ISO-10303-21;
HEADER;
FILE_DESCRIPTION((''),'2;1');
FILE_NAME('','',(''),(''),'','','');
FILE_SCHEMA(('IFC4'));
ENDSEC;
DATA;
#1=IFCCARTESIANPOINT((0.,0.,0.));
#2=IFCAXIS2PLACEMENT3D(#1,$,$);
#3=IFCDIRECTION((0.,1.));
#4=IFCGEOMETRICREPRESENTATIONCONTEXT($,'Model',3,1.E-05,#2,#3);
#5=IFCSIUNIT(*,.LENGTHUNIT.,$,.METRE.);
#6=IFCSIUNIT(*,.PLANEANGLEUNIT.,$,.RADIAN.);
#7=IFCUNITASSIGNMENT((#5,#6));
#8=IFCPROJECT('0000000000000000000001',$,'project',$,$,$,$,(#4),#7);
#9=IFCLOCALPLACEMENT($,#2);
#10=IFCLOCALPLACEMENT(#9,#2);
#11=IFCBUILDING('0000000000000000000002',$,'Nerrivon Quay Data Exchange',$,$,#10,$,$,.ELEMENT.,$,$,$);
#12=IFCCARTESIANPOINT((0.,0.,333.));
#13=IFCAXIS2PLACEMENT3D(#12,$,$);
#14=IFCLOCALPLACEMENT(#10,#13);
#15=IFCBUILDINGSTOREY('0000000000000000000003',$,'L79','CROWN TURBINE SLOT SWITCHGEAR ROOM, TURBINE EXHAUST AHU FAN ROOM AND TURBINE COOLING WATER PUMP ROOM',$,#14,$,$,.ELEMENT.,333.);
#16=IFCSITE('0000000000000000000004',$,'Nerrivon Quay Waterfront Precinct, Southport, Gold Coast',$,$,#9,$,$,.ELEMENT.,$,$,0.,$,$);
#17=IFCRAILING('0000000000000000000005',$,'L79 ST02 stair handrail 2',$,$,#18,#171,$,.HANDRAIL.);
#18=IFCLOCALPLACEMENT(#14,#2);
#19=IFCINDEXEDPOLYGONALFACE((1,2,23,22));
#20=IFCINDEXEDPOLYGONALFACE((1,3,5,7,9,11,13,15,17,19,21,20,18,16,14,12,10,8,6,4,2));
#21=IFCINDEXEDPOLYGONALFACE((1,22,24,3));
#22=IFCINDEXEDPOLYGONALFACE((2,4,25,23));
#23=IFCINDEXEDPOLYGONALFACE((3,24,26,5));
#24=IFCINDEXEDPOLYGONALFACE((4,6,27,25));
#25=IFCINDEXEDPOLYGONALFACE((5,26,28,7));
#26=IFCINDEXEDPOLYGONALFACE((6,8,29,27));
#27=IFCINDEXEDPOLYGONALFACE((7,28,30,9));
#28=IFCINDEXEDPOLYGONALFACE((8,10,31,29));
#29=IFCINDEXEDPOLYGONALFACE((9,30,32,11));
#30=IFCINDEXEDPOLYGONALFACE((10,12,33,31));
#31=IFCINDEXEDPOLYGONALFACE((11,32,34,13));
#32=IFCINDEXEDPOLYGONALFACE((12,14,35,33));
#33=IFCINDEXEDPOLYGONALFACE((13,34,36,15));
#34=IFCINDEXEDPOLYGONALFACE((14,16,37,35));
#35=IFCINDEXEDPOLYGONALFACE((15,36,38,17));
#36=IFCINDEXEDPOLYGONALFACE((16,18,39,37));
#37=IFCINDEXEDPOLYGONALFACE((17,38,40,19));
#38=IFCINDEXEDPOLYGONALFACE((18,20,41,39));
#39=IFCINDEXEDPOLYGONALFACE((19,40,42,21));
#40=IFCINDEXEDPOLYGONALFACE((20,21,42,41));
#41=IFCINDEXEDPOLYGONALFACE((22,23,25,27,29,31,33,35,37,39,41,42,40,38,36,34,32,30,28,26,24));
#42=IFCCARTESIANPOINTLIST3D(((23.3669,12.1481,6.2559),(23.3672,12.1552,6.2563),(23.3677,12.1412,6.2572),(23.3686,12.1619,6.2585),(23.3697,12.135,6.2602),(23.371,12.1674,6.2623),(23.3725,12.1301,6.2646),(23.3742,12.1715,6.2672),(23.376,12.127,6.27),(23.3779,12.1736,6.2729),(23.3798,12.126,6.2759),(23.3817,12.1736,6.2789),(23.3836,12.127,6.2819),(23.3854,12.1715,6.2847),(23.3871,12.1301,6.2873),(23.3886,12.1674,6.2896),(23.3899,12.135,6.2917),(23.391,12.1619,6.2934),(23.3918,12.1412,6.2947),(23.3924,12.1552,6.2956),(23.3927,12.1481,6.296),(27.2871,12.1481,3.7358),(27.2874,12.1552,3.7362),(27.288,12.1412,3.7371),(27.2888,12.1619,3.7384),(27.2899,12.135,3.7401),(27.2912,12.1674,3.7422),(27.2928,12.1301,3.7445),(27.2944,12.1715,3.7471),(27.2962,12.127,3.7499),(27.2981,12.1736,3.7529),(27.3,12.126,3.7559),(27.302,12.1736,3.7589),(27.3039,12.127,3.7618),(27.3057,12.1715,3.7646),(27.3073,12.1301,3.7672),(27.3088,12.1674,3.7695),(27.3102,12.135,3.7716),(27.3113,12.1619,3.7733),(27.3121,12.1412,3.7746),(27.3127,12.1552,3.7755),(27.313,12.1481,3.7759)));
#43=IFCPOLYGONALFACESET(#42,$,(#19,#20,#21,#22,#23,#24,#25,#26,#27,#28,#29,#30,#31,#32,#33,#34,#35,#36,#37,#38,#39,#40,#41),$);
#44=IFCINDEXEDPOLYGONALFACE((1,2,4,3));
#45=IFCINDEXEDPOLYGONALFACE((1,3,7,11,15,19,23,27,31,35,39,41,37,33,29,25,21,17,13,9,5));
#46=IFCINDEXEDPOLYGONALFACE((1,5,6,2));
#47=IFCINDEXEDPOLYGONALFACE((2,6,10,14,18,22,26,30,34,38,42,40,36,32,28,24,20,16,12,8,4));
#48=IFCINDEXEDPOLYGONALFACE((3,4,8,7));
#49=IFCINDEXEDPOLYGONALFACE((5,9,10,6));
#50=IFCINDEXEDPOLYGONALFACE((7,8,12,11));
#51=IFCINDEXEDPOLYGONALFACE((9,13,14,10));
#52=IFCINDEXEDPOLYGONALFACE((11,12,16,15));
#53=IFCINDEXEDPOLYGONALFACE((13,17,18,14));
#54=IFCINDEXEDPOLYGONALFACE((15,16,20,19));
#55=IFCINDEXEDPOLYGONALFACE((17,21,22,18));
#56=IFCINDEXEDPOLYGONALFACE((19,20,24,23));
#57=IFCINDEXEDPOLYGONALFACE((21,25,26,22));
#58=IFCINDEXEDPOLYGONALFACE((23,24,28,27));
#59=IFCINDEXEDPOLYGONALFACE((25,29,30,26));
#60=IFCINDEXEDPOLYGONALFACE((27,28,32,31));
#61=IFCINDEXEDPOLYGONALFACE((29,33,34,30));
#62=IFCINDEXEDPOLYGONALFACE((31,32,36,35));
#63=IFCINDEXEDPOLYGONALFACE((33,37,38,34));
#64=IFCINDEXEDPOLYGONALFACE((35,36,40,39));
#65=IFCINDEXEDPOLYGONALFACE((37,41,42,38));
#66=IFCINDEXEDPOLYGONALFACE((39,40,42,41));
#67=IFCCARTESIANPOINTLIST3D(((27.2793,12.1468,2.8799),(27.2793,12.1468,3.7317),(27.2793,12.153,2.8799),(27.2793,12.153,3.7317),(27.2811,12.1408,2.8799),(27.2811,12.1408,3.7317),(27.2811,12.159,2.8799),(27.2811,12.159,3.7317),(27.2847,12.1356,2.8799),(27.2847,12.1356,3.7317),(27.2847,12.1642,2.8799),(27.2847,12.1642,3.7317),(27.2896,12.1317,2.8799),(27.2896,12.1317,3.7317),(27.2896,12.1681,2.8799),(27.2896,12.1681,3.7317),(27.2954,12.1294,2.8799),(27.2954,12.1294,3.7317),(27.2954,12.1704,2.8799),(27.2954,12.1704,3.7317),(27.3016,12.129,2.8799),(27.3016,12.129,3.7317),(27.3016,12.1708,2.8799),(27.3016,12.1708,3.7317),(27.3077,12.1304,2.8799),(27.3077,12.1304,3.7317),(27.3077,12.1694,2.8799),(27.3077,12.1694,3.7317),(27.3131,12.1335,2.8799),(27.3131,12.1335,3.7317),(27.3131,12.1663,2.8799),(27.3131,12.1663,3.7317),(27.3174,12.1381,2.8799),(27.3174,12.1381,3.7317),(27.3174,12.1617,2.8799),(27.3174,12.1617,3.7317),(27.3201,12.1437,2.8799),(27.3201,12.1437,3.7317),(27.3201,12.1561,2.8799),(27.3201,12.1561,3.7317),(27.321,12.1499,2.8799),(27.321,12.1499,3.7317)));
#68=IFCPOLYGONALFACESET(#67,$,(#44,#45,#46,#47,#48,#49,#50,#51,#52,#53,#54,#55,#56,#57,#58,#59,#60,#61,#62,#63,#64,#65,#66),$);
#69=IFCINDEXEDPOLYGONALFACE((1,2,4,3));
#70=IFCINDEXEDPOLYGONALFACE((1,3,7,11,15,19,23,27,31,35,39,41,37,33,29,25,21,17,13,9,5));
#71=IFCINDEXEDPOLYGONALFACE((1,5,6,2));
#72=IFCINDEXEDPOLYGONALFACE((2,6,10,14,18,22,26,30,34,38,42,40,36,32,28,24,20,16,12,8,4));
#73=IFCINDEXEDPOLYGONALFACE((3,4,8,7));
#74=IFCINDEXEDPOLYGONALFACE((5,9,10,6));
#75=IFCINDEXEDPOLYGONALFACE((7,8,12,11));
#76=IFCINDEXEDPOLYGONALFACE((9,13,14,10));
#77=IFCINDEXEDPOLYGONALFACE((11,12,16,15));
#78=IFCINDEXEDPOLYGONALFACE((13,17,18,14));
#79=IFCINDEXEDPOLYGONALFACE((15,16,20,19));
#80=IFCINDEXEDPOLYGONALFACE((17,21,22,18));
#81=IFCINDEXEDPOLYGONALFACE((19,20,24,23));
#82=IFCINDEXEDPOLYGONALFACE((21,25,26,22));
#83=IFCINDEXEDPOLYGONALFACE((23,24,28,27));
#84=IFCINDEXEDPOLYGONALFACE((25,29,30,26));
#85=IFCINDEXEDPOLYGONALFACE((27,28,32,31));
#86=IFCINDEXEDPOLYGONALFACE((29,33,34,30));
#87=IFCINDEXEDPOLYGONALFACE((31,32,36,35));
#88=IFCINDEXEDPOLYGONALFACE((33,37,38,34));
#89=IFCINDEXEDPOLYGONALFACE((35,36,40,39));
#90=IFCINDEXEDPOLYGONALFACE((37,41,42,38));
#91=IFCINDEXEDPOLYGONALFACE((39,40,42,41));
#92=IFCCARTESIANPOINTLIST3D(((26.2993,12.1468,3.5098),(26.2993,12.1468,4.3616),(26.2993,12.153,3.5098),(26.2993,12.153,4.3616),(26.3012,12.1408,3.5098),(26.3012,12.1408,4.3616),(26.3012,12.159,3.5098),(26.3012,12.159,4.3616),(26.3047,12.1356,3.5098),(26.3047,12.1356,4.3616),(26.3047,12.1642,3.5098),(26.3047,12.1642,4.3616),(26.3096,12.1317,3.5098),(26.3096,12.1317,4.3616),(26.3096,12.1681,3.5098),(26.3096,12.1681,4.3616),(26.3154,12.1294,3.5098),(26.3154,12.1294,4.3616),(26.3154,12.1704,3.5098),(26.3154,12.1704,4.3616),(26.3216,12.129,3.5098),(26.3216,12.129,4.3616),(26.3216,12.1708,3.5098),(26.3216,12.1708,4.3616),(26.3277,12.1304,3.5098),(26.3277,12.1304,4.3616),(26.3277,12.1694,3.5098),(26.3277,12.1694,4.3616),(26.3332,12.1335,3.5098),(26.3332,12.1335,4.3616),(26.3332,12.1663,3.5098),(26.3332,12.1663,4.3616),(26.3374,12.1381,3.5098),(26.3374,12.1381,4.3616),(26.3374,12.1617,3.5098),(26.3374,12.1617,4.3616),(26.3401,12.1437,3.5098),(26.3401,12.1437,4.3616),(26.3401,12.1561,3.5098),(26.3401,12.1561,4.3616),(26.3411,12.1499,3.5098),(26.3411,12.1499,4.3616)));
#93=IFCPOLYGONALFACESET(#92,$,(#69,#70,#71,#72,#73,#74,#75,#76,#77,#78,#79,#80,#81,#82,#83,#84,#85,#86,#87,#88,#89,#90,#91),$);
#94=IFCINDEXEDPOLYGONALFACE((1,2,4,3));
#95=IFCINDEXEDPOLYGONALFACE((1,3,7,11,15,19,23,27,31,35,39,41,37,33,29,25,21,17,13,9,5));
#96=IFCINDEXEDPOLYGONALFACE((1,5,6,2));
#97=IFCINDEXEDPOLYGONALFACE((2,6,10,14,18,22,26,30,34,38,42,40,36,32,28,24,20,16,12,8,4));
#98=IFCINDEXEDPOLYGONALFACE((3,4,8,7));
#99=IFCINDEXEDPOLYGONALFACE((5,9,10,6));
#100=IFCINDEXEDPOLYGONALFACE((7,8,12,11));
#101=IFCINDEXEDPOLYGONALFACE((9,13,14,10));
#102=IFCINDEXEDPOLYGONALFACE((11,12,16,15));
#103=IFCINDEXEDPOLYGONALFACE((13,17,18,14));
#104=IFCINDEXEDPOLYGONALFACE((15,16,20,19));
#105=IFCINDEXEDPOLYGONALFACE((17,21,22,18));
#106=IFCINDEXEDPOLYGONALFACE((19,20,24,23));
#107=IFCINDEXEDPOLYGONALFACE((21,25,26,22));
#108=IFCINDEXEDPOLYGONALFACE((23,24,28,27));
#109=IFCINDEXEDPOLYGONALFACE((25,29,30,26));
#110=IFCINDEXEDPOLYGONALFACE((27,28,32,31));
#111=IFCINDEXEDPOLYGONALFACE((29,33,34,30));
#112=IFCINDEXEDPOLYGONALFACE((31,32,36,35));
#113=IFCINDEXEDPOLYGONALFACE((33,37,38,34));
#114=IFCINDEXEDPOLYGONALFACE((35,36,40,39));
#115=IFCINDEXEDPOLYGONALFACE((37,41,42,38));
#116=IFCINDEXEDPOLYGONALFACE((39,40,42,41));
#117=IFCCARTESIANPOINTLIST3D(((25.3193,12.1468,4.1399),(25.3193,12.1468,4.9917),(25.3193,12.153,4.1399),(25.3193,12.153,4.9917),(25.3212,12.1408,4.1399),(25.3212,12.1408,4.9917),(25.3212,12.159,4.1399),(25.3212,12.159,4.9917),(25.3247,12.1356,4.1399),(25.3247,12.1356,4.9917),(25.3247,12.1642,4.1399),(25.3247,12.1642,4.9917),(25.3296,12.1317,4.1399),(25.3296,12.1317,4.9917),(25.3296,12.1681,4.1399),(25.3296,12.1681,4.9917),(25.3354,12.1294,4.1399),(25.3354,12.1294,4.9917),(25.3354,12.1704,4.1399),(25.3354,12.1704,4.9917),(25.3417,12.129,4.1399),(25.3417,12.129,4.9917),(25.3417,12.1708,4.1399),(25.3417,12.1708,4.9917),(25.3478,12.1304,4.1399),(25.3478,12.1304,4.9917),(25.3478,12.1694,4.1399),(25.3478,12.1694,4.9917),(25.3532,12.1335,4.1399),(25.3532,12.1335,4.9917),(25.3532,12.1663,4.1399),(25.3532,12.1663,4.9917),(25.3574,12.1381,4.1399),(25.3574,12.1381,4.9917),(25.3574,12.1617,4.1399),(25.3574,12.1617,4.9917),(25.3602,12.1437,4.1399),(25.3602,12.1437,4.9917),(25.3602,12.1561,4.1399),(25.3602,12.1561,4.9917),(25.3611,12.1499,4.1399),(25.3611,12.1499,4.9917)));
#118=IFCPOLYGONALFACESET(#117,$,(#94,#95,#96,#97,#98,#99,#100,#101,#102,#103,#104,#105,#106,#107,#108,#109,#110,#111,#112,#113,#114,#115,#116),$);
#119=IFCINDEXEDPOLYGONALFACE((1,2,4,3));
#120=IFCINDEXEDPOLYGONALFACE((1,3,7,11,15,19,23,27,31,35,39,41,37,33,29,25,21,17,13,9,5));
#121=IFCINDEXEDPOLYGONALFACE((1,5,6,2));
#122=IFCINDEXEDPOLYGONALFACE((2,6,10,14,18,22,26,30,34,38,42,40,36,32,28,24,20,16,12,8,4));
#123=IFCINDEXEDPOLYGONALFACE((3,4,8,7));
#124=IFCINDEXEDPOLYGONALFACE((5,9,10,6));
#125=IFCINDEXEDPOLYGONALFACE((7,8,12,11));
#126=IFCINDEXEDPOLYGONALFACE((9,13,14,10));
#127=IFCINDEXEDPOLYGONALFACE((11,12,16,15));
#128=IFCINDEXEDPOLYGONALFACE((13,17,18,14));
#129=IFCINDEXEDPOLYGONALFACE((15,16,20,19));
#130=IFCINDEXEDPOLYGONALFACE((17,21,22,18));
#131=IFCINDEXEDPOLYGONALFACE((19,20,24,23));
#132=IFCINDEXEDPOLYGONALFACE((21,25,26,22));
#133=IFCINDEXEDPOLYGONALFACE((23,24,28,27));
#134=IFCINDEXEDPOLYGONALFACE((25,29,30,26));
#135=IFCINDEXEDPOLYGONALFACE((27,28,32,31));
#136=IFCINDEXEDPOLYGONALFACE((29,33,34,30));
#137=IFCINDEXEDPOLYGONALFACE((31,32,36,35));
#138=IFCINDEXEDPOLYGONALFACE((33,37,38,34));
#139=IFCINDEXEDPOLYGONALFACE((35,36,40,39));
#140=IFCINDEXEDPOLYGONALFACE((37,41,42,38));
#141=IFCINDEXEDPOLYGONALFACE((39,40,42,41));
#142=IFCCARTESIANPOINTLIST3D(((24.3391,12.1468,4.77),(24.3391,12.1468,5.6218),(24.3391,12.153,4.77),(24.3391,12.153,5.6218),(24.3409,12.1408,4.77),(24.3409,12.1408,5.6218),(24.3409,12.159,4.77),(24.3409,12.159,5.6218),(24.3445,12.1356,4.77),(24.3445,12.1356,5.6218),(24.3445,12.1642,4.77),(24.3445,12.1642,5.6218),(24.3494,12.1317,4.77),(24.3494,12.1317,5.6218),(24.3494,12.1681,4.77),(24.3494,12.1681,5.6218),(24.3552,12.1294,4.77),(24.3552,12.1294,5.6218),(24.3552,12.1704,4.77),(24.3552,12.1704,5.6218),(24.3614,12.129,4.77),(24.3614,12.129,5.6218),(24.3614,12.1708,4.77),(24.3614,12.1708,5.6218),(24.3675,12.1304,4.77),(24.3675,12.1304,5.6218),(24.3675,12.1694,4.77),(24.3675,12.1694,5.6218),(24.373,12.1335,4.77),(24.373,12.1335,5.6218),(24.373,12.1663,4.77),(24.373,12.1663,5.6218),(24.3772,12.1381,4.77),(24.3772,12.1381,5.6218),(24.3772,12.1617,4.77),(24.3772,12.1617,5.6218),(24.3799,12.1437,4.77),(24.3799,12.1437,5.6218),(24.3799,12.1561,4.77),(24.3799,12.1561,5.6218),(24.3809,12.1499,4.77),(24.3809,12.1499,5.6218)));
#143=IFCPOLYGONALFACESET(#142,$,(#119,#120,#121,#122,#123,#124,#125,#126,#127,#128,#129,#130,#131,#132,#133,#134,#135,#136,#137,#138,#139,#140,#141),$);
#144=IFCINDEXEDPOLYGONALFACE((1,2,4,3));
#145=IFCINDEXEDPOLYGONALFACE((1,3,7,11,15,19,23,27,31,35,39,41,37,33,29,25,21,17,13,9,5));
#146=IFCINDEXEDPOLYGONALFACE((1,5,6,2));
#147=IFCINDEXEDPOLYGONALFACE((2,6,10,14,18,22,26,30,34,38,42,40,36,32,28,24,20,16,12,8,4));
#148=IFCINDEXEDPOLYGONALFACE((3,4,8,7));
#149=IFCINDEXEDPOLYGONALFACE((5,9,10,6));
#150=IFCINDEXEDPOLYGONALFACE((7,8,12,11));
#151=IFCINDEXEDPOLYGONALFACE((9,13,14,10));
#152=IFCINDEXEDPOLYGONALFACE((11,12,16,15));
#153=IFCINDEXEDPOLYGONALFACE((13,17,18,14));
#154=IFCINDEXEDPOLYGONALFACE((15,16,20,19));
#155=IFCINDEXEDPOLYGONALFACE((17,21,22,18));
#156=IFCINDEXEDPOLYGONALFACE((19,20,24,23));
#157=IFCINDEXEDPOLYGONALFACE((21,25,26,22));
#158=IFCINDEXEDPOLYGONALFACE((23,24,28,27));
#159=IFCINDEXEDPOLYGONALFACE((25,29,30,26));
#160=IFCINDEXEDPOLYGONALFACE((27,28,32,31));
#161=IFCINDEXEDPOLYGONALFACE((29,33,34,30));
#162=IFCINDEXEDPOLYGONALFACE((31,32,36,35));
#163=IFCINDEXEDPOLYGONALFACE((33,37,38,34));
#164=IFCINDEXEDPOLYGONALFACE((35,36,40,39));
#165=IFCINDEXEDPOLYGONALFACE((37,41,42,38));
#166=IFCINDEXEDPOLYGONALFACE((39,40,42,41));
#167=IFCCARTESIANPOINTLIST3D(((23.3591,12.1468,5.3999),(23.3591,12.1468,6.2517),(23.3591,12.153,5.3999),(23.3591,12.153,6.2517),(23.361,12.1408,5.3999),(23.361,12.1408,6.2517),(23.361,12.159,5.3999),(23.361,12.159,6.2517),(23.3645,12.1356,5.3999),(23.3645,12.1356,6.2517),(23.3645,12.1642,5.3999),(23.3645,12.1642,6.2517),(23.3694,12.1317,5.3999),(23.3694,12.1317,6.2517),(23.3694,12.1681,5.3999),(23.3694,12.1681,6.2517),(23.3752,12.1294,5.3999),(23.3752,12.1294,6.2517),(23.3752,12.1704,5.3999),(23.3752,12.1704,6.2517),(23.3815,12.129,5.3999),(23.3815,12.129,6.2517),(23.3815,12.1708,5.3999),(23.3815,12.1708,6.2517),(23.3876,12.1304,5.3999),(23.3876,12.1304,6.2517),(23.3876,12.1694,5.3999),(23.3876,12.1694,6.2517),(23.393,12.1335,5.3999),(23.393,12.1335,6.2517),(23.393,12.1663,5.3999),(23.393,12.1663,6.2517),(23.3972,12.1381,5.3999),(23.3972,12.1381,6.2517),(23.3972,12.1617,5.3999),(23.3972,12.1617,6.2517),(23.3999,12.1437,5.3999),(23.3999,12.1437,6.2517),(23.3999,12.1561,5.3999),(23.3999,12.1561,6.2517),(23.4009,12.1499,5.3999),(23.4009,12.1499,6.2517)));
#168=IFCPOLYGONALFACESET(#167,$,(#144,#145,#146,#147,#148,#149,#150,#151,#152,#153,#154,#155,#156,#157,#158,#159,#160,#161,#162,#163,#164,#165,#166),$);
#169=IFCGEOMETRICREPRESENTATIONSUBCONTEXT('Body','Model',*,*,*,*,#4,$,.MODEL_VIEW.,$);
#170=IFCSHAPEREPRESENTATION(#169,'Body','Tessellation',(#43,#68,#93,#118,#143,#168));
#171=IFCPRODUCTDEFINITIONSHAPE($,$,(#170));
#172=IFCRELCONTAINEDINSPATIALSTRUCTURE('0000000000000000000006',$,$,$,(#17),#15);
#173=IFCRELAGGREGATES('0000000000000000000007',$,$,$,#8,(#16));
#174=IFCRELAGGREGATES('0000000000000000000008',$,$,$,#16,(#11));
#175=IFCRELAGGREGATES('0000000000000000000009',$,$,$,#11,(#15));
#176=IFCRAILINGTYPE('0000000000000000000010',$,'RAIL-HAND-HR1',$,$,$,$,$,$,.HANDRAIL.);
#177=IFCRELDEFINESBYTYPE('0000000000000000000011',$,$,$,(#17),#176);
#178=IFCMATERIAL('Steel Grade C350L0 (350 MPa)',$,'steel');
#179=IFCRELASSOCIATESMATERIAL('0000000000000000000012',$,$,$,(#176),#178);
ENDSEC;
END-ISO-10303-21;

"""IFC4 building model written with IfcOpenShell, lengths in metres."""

from ifc_helpers import new_model, si_unit, direction, frame, origin, origin_2d, place, context, subcontext, project, spatial, circle, extrude, material, type_object, element, save


model = new_model("IFC4")

# Units and contexts
model_context = context("Model", 3, precision=1e-05, world=origin(), true_north=direction((0.0, 1.0)))
body_context = subcontext(model_context, "Body", "Model", "MODEL_VIEW")
ifc_project = project(units=[si_unit("LENGTHUNIT", "METRE"), si_unit("PLANEANGLEUNIT", "RADIAN")], contexts=[model_context])

# Site, building, storey
site_placement = place(None, origin())
site = spatial("IfcSite", under=ifc_project, at=site_placement, Name="Nerrivon Quay Waterfront Precinct, Southport, Gold Coast", CompositionType="ELEMENT", RefElevation=0.0)
building_placement = place(site_placement, origin())
building = spatial("IfcBuilding", under=site, at=building_placement, Name="Nerrivon Quay Data Exchange", CompositionType="ELEMENT")
storey_placement = place(building_placement, frame((0.0, 0.0, 333.0)))
storey = spatial("IfcBuildingStorey", under=building, at=storey_placement, Name="L79", Description="CROWN TURBINE SLOT SWITCHGEAR ROOM, TURBINE EXHAUST AHU FAN ROOM AND TURBINE COOLING WATER PUMP ROOM", CompositionType="ELEMENT", Elevation=333.0)

# Railing
ifc_material_1 = material(Name="Steel Grade C350L0 (350 MPa)", Category="steel")
railing_type_1 = type_object("IfcRailingType", Name="RAIL-HAND-HR1", PredefinedType="HANDRAIL", material=ifc_material_1)
railing_1_placement = place(storey_placement, frame((27.3, 12.1499, 2.8799)))
element("IfcRailing", 1, at=railing_1_placement, inside=storey, type_object=railing_type_1, Name="L79 ST02 stair handrail 2", PredefinedType="HANDRAIL", context=body_context, shape_type="SweptSolid", body=[
    extrude(circle(Radius=0.0239, at=origin_2d()), frame((0.0, 0.0, 0.876), z_axis=(-0.841187, 0.0, 0.540744), x_axis=(0.0, -1.0, 0.0)), (0.0, 0.0, 1.0), 4.6604),
    extrude(circle(Radius=0.021, at=origin_2d()), origin(), (0.0, 0.0, 1.0), 0.8518),
    extrude(circle(Radius=0.021, at=origin_2d()), frame((-0.98, 0.0, 0.6299)), (0.0, 0.0, 1.0), 0.8518),
    extrude(circle(Radius=0.021, at=origin_2d()), frame((-1.96, 0.0, 1.26)), (0.0, 0.0, 1.0), 0.8518),
    extrude(circle(Radius=0.021, at=origin_2d()), frame((-2.9402, 0.0, 1.8901)), (0.0, 0.0, 1.0), 0.8518),
    extrude(circle(Radius=0.021, at=origin_2d()), frame((-3.9202, 0.0, 2.52)), (0.0, 0.0, 1.0), 0.8518),
])

save(model, "model.ifc")
